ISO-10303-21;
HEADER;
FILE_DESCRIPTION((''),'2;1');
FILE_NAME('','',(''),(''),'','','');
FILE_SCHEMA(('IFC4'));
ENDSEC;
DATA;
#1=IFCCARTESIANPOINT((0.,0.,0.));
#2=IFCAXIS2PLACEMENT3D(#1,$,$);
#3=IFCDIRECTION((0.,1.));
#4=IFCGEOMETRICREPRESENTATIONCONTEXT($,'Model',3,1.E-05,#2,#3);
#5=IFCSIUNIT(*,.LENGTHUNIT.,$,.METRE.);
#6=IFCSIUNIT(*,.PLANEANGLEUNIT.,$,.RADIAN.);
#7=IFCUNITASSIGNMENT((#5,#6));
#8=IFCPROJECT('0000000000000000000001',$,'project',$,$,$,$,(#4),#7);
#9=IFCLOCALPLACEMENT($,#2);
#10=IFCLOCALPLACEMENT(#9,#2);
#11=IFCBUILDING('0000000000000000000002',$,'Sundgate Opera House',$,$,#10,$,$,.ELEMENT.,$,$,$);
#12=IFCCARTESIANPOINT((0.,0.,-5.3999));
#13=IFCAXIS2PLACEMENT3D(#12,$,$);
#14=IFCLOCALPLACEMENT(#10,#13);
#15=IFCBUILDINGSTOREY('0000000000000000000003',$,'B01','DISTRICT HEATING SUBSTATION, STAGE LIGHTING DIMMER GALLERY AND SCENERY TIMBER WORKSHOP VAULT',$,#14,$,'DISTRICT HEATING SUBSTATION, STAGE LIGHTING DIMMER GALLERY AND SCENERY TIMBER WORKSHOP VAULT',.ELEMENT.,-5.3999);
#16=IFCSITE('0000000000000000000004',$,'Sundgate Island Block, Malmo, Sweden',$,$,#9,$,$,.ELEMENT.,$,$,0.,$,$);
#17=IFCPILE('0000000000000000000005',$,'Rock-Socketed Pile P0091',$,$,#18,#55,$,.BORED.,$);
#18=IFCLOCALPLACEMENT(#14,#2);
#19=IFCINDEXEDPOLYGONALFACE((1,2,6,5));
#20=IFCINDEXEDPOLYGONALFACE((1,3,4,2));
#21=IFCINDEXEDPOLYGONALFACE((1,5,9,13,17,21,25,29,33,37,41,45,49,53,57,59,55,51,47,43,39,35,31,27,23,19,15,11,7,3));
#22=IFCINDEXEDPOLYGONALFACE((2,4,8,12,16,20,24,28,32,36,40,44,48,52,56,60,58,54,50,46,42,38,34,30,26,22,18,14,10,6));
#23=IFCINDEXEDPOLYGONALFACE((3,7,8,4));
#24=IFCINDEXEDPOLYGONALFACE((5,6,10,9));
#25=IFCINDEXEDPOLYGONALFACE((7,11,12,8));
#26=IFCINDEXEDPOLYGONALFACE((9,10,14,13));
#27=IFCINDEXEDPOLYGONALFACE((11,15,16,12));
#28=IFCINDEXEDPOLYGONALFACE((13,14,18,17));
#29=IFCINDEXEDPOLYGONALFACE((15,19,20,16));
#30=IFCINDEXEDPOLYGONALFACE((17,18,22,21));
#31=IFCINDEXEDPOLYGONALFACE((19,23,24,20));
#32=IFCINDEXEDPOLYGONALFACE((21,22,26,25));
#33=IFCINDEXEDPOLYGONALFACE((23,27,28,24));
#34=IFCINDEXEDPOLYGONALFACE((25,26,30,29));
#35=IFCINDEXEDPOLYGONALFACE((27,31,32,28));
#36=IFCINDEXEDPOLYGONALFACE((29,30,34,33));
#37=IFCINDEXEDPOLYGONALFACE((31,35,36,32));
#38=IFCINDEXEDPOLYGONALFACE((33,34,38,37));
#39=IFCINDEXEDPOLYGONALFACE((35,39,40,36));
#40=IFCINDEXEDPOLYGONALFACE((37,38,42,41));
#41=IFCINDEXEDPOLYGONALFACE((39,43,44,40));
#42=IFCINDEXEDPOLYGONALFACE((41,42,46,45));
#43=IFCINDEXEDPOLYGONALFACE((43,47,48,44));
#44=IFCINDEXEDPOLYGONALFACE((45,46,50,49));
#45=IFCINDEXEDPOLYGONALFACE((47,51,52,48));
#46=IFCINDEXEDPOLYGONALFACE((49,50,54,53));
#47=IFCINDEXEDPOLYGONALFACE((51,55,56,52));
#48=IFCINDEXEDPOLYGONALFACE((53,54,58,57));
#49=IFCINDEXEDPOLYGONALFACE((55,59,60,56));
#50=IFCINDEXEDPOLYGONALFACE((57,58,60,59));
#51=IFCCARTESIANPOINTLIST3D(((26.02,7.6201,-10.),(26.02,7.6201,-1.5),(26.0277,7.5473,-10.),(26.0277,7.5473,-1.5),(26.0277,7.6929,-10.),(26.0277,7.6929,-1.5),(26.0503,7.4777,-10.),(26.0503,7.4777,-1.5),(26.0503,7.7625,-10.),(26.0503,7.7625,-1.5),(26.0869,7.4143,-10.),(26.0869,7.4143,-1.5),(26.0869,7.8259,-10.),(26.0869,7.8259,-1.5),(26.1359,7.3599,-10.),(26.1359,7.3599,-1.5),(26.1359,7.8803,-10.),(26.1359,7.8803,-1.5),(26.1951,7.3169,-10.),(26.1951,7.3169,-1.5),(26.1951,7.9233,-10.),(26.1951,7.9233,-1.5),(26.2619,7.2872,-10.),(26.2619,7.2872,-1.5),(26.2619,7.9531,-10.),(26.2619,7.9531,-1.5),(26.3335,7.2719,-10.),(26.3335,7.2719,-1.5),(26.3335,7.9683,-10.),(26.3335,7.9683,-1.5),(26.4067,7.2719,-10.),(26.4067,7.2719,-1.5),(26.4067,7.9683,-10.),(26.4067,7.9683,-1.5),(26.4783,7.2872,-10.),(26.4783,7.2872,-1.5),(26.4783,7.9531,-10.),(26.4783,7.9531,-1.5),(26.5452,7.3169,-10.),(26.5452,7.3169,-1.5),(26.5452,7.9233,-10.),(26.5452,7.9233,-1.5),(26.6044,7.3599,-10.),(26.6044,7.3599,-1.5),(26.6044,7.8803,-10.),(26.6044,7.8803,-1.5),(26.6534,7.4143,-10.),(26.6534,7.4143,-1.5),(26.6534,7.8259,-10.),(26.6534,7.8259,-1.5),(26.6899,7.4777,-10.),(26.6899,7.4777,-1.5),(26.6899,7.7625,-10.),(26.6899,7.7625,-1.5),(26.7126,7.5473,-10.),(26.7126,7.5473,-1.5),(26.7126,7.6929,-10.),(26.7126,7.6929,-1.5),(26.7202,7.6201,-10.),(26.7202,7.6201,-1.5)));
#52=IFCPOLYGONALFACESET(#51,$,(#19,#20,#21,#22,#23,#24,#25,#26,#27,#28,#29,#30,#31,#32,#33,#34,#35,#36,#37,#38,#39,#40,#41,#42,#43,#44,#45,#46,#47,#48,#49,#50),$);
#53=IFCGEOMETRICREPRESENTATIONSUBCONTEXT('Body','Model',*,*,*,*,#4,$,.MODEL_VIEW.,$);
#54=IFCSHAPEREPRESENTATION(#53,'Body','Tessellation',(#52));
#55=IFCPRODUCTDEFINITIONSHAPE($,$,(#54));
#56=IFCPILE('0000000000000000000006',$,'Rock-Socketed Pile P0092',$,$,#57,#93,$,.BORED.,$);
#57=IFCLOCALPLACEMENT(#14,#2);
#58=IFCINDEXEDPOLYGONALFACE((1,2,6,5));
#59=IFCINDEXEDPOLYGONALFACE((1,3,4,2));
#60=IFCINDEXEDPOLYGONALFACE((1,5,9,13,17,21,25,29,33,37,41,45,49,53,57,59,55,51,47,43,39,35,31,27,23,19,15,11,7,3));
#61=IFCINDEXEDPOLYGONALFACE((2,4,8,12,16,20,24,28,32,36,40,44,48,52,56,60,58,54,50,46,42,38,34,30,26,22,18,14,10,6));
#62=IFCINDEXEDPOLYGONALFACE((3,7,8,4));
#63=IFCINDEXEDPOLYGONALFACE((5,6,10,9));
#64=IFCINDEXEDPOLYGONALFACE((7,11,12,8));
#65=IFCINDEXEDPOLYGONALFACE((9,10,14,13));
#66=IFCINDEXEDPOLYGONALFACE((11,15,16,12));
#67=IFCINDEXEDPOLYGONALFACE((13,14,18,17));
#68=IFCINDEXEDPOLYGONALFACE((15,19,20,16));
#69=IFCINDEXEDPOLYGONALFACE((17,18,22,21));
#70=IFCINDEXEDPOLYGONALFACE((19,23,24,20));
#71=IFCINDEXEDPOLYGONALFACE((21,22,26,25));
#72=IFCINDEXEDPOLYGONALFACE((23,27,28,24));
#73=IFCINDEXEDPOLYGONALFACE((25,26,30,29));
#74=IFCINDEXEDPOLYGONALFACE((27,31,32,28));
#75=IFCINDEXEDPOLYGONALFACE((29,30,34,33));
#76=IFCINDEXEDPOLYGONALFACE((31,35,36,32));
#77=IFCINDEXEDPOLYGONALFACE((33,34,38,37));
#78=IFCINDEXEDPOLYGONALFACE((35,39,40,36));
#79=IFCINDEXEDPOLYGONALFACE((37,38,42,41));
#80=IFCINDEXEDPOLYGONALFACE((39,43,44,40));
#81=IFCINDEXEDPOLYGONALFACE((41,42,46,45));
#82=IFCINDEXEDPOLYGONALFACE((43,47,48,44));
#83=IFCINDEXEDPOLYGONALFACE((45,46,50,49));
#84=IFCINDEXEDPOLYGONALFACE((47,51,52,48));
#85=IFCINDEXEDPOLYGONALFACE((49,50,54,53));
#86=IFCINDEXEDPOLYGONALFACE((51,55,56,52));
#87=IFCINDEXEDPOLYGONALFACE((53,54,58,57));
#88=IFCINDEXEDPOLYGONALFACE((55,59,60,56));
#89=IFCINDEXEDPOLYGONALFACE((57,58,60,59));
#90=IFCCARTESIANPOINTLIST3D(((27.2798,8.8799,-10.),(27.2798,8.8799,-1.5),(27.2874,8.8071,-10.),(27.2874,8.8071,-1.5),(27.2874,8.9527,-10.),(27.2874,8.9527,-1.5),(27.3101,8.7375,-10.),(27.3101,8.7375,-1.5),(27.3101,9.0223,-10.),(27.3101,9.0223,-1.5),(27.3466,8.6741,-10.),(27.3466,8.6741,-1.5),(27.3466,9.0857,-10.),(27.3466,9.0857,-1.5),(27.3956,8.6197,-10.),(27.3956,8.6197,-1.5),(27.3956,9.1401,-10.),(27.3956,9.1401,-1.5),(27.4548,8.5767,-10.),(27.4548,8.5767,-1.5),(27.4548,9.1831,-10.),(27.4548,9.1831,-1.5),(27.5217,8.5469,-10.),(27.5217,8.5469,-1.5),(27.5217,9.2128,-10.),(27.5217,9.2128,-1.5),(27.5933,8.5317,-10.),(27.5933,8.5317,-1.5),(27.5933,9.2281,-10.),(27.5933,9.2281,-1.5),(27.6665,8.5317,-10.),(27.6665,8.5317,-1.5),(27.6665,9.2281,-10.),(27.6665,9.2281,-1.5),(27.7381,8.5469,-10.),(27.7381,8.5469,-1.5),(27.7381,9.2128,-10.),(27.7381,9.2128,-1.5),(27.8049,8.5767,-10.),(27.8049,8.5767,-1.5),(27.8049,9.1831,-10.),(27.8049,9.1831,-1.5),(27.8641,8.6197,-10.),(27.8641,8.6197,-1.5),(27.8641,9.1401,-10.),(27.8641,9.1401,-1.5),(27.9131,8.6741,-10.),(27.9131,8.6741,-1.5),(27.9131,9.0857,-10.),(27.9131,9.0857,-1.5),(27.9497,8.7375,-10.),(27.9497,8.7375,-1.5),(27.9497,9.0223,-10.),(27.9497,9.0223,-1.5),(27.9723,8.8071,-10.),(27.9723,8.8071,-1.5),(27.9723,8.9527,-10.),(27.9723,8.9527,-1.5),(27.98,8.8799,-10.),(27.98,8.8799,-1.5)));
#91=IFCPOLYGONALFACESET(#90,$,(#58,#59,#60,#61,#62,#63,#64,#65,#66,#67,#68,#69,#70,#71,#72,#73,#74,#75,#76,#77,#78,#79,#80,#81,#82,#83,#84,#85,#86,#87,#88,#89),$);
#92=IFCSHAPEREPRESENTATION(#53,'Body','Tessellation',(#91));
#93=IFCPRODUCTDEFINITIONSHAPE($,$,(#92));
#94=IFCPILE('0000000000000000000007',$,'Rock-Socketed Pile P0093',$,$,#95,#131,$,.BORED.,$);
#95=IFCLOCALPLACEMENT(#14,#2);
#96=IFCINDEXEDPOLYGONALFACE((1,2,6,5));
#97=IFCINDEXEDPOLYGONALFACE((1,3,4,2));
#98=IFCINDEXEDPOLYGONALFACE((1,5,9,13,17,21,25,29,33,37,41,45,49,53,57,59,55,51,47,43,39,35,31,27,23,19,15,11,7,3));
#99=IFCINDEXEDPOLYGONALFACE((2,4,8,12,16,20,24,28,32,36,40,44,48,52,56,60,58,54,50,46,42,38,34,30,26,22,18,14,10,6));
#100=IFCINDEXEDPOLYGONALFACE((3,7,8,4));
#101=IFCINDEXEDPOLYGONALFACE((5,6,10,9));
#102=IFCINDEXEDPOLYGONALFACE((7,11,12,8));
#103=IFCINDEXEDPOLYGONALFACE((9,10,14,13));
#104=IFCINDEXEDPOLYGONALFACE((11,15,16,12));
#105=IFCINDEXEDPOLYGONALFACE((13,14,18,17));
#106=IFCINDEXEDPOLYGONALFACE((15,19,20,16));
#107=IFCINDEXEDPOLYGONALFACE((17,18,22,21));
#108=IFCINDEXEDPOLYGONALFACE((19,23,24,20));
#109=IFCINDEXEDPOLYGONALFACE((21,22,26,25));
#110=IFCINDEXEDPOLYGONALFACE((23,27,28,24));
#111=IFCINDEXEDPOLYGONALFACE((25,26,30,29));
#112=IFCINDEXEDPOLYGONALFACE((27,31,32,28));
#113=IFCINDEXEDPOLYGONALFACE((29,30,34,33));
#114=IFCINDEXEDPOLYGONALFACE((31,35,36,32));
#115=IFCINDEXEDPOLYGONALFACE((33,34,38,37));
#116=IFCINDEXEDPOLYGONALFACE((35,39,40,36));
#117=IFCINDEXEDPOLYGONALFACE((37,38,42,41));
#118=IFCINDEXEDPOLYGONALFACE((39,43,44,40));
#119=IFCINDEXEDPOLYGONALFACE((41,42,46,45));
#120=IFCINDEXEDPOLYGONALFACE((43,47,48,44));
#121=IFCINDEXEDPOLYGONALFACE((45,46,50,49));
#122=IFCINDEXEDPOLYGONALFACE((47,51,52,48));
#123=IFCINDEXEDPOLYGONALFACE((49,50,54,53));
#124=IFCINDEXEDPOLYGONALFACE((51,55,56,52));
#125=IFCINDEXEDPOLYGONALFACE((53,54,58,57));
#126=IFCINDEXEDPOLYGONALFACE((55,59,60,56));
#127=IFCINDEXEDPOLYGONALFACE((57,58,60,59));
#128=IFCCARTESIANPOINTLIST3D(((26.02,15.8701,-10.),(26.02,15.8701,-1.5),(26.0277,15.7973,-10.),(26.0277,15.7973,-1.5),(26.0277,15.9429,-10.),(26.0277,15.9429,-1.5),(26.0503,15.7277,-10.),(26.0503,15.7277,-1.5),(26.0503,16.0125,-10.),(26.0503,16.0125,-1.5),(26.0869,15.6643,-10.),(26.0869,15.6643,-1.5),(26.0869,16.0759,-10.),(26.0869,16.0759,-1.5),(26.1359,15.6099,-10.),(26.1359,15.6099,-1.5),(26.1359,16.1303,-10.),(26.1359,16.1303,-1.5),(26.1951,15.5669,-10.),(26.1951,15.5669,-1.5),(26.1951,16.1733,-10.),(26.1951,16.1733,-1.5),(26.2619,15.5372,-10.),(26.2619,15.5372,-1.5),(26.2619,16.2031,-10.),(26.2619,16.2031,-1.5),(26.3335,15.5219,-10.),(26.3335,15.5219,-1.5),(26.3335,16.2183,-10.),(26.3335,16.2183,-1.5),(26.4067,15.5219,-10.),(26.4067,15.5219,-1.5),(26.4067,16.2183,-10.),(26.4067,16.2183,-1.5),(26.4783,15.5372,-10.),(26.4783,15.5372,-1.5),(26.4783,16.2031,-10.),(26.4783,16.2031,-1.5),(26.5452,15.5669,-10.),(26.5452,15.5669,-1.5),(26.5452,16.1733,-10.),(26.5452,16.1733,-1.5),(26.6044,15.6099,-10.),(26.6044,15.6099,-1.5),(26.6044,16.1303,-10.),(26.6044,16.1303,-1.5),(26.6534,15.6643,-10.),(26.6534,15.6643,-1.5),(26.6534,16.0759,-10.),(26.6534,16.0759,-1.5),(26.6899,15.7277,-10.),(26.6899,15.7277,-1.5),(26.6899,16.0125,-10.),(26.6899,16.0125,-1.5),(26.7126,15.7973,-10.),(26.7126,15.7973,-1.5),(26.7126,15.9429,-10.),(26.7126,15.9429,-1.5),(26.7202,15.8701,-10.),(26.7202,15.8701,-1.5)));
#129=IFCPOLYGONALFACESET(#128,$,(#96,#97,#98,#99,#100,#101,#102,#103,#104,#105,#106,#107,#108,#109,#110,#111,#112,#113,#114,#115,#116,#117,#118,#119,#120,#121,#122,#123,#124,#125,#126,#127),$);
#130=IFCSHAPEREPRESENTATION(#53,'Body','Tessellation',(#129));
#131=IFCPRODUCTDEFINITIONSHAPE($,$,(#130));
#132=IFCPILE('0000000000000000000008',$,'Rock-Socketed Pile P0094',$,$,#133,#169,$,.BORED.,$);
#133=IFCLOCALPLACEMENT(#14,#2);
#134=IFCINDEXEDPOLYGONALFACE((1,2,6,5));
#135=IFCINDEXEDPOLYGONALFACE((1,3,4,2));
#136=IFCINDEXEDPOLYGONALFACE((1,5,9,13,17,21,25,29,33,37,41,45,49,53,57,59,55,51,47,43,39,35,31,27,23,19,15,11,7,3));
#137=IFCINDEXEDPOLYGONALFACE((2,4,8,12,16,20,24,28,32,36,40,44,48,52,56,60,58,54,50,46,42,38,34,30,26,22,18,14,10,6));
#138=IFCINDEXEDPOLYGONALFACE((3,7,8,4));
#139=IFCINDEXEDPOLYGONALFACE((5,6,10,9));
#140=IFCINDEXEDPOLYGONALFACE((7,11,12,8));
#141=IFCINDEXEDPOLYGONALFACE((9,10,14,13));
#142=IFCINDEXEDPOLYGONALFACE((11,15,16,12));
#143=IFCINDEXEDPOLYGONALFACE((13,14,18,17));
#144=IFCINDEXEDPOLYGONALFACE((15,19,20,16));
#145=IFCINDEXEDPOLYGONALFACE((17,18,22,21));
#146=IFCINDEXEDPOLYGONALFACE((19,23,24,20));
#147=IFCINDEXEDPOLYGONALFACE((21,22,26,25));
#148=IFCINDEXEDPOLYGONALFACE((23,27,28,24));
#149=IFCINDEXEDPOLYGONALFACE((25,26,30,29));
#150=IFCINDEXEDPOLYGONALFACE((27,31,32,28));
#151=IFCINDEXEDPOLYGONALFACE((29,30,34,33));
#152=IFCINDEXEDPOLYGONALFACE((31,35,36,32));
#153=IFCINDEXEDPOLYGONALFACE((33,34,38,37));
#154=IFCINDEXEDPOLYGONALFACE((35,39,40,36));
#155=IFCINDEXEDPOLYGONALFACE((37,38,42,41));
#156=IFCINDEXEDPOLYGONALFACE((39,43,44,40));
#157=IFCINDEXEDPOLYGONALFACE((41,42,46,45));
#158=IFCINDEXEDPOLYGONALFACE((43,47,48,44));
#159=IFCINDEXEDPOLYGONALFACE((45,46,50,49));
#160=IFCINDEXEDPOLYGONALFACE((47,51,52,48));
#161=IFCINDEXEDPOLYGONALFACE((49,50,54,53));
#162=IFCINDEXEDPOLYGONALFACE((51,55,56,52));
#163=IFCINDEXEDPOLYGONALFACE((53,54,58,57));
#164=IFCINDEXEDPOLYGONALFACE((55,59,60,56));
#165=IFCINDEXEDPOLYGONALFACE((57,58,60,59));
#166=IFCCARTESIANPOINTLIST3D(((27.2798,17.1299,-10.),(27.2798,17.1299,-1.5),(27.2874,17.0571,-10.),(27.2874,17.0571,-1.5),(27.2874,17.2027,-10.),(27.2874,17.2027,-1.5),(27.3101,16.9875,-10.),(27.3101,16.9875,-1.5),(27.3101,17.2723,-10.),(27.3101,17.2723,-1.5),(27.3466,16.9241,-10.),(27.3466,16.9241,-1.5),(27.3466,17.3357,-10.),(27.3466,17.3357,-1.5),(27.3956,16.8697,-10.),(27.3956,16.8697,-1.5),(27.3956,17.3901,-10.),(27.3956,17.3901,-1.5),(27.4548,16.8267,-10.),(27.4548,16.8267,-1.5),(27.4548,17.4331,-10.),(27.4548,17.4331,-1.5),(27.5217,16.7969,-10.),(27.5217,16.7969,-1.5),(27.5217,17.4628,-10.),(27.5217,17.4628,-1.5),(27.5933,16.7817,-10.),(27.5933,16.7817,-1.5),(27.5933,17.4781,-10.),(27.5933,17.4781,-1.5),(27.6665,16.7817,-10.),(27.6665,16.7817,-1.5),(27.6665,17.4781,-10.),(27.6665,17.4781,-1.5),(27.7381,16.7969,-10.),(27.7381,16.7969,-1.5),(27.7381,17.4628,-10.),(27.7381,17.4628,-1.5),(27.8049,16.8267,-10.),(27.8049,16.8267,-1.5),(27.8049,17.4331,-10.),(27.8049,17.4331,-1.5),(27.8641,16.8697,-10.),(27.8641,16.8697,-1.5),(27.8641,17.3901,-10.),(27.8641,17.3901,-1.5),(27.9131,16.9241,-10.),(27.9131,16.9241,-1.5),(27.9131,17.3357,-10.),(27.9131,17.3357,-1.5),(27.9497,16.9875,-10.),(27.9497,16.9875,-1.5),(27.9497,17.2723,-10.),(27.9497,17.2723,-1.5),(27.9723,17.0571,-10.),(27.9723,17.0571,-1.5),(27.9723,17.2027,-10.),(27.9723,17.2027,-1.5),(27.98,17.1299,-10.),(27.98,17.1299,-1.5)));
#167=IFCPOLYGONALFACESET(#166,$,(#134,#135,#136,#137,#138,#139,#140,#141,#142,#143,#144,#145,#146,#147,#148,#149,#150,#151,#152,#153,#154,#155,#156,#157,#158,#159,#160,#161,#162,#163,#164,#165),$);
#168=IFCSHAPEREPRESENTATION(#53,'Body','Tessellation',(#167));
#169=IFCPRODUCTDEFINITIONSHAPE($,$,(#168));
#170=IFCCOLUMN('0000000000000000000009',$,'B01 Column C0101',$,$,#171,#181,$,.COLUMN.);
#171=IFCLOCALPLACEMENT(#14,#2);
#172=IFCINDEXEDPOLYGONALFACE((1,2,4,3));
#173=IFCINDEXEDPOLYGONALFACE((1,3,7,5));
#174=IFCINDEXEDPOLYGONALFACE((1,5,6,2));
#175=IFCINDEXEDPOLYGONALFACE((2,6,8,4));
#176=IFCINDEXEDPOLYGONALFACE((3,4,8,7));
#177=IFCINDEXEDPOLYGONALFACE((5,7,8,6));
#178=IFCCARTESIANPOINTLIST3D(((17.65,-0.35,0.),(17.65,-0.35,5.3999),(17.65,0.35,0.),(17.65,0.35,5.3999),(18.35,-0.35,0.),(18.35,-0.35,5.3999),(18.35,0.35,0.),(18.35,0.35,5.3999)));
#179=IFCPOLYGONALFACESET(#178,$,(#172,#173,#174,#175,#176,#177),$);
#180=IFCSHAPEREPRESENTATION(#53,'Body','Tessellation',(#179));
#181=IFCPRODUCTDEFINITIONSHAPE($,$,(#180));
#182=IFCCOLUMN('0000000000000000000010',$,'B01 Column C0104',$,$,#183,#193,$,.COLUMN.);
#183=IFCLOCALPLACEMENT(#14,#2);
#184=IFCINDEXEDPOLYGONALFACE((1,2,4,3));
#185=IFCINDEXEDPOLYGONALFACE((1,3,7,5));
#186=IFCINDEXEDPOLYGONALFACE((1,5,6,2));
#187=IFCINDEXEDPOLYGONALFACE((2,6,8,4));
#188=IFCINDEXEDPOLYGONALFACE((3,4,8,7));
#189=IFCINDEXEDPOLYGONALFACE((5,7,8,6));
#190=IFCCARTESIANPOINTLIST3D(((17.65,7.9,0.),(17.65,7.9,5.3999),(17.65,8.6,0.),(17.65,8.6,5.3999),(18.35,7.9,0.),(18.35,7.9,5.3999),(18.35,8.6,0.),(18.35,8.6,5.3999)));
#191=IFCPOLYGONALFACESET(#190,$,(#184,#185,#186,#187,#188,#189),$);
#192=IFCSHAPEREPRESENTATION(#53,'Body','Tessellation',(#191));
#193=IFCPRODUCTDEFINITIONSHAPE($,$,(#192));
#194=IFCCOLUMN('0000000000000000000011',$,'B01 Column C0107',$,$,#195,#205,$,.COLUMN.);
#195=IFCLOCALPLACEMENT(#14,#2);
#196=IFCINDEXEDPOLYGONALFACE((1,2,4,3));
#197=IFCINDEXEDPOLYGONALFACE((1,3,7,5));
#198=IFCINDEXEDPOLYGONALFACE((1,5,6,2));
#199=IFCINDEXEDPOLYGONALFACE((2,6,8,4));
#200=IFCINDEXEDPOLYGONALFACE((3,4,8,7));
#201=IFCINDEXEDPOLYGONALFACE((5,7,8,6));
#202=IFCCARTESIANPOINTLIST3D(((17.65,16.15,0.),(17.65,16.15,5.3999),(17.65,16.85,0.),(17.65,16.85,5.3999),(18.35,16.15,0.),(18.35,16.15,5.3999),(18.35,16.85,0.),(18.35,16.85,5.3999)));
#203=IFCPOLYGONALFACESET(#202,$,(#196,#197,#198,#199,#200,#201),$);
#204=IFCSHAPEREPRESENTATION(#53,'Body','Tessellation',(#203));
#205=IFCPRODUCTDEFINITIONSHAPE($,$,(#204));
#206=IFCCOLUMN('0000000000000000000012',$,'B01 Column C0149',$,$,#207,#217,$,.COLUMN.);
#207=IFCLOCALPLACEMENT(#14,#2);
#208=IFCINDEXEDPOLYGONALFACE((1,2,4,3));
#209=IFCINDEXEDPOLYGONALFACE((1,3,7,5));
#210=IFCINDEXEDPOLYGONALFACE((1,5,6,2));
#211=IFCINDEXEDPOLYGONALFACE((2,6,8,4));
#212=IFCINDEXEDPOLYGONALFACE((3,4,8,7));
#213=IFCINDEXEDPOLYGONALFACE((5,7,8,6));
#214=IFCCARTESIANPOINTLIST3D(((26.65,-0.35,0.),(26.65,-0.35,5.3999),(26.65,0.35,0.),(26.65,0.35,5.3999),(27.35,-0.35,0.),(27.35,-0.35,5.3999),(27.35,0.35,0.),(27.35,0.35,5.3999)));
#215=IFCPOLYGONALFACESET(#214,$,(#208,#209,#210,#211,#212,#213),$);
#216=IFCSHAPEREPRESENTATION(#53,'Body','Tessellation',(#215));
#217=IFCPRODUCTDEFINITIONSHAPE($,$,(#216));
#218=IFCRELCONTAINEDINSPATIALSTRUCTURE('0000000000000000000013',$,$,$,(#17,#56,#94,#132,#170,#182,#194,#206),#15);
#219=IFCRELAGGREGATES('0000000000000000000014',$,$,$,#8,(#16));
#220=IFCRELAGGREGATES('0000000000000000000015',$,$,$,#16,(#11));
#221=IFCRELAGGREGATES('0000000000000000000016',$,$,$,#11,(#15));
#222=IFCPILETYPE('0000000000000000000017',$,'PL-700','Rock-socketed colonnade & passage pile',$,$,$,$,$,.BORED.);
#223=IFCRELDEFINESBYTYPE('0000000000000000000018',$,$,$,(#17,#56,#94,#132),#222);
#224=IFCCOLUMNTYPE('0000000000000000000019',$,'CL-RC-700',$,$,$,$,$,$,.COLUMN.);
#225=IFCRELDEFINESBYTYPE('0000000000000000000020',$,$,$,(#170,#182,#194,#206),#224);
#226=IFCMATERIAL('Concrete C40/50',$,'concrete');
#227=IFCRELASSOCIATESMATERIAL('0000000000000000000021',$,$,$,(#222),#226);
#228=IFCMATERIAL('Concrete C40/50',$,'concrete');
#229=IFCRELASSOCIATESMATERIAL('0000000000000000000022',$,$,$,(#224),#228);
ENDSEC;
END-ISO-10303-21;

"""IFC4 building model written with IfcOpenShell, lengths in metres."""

from ifc_helpers import new_model, si_unit, direction, frame, origin, origin_2d, place, context, subcontext, project, spatial, rectangle, circle, extrude, material, material_profile, profile_set, type_object, element, save


model = new_model("IFC4")

# Units and contexts
model_context = context("Model", 3, precision=1e-05, world=origin(), true_north=direction((0.0, 1.0)))
body_context = subcontext(model_context, "Body", "Model", "MODEL_VIEW")
ifc_project = project(units=[si_unit("LENGTHUNIT", "METRE"), si_unit("PLANEANGLEUNIT", "RADIAN")], contexts=[model_context])

# Site, building, storey
site_placement = place(None, origin())
site = spatial("IfcSite", under=ifc_project, at=site_placement, Name="Sundgate Island Block, Malmo, Sweden", CompositionType="ELEMENT", RefElevation=0.0)
building_placement = place(site_placement, origin())
building = spatial("IfcBuilding", under=site, at=building_placement, Name="Sundgate Opera House", CompositionType="ELEMENT")
storey_placement = place(building_placement, frame((0.0, 0.0, -5.3999)))
storey = spatial("IfcBuildingStorey", under=building, at=storey_placement, Name="B01", Description="DISTRICT HEATING SUBSTATION, STAGE LIGHTING DIMMER GALLERY AND SCENERY TIMBER WORKSHOP VAULT", LongName="DISTRICT HEATING SUBSTATION, STAGE LIGHTING DIMMER GALLERY AND SCENERY TIMBER WORKSHOP VAULT", CompositionType="ELEMENT", Elevation=-5.3999)

# Piles
ifc_material_1 = material(Name="Concrete C40/50", Category="concrete")
ifc_material_profile_1 = material_profile(ifc_material_1, circle(Radius=0.3501, at=origin_2d()), Name="PILE D700")
ifc_profile_set_1 = profile_set([ifc_material_profile_1], Name="Concrete C40/50")
pile_type = type_object("IfcPileType", Name="PL-700", Description="Rock-socketed colonnade & passage pile", PredefinedType="BORED", material=ifc_profile_set_1)
for number, where, z_axis, x_axis, name in (
    (1, (26.3701, 7.6201, -1.5), (0.0, 0.0, -1.0), (1.0, 0.0, 0.0), "Rock-Socketed Pile P0091"),
    (2, (27.6299, 8.8799, -1.5), (0.0, 0.0, -1.0), (1.0, 0.0, 0.0), "Rock-Socketed Pile P0092"),
    (3, (26.3701, 15.8701, -1.5), (0.0, 0.0, -1.0), (1.0, 0.0, 0.0), "Rock-Socketed Pile P0093"),
    (4, (27.6299, 17.1299, -1.5), (0.0, 0.0, -1.0), (1.0, 0.0, 0.0), "Rock-Socketed Pile P0094"),
):
    element("IfcPile", number, at=place(storey_placement, frame(where, z_axis=z_axis, x_axis=x_axis)), inside=storey, type_object=pile_type, Name=name, PredefinedType="BORED", context=body_context, shape_type="SweptSolid", body=[
        extrude(circle(Radius=0.3501, at=origin_2d()), origin(), (0.0, 0.0, 1.0), 8.5),
    ])

# Columns
ifc_material_2 = material(Name="Concrete C40/50", Category="concrete")
ifc_material_profile_2 = material_profile(ifc_material_2, rectangle(XDim=0.7, YDim=0.7, at=origin_2d()), Name="RC 700x700")
ifc_profile_set_2 = profile_set([ifc_material_profile_2], Name="Concrete C40/50")
column_type = type_object("IfcColumnType", Name="CL-RC-700", PredefinedType="COLUMN", material=ifc_profile_set_2)
for number, where, z_axis, x_axis, name in (
    (5, (18.0, 0.0, 0.0), (0.0, 0.0, 1.0), (1.0, 0.0, 0.0), "B01 Column C0101"),
    (6, (18.0, 8.25, 0.0), (0.0, 0.0, 1.0), (1.0, 0.0, 0.0), "B01 Column C0104"),
    (7, (18.0, 16.5, 0.0), (0.0, 0.0, 1.0), (1.0, 0.0, 0.0), "B01 Column C0107"),
    (8, (27.0, 0.0, 0.0), (0.0, 0.0, 1.0), (1.0, 0.0, 0.0), "B01 Column C0149"),
):
    element("IfcColumn", number, at=place(storey_placement, frame(where, z_axis=z_axis, x_axis=x_axis)), inside=storey, type_object=column_type, Name=name, PredefinedType="COLUMN", context=body_context, shape_type="SweptSolid", body=[
        extrude(rectangle(XDim=0.7, YDim=0.7, at=origin_2d()), origin(), (0.0, 0.0, 1.0), 5.3999),
    ])

save(model, "model.ifc")
